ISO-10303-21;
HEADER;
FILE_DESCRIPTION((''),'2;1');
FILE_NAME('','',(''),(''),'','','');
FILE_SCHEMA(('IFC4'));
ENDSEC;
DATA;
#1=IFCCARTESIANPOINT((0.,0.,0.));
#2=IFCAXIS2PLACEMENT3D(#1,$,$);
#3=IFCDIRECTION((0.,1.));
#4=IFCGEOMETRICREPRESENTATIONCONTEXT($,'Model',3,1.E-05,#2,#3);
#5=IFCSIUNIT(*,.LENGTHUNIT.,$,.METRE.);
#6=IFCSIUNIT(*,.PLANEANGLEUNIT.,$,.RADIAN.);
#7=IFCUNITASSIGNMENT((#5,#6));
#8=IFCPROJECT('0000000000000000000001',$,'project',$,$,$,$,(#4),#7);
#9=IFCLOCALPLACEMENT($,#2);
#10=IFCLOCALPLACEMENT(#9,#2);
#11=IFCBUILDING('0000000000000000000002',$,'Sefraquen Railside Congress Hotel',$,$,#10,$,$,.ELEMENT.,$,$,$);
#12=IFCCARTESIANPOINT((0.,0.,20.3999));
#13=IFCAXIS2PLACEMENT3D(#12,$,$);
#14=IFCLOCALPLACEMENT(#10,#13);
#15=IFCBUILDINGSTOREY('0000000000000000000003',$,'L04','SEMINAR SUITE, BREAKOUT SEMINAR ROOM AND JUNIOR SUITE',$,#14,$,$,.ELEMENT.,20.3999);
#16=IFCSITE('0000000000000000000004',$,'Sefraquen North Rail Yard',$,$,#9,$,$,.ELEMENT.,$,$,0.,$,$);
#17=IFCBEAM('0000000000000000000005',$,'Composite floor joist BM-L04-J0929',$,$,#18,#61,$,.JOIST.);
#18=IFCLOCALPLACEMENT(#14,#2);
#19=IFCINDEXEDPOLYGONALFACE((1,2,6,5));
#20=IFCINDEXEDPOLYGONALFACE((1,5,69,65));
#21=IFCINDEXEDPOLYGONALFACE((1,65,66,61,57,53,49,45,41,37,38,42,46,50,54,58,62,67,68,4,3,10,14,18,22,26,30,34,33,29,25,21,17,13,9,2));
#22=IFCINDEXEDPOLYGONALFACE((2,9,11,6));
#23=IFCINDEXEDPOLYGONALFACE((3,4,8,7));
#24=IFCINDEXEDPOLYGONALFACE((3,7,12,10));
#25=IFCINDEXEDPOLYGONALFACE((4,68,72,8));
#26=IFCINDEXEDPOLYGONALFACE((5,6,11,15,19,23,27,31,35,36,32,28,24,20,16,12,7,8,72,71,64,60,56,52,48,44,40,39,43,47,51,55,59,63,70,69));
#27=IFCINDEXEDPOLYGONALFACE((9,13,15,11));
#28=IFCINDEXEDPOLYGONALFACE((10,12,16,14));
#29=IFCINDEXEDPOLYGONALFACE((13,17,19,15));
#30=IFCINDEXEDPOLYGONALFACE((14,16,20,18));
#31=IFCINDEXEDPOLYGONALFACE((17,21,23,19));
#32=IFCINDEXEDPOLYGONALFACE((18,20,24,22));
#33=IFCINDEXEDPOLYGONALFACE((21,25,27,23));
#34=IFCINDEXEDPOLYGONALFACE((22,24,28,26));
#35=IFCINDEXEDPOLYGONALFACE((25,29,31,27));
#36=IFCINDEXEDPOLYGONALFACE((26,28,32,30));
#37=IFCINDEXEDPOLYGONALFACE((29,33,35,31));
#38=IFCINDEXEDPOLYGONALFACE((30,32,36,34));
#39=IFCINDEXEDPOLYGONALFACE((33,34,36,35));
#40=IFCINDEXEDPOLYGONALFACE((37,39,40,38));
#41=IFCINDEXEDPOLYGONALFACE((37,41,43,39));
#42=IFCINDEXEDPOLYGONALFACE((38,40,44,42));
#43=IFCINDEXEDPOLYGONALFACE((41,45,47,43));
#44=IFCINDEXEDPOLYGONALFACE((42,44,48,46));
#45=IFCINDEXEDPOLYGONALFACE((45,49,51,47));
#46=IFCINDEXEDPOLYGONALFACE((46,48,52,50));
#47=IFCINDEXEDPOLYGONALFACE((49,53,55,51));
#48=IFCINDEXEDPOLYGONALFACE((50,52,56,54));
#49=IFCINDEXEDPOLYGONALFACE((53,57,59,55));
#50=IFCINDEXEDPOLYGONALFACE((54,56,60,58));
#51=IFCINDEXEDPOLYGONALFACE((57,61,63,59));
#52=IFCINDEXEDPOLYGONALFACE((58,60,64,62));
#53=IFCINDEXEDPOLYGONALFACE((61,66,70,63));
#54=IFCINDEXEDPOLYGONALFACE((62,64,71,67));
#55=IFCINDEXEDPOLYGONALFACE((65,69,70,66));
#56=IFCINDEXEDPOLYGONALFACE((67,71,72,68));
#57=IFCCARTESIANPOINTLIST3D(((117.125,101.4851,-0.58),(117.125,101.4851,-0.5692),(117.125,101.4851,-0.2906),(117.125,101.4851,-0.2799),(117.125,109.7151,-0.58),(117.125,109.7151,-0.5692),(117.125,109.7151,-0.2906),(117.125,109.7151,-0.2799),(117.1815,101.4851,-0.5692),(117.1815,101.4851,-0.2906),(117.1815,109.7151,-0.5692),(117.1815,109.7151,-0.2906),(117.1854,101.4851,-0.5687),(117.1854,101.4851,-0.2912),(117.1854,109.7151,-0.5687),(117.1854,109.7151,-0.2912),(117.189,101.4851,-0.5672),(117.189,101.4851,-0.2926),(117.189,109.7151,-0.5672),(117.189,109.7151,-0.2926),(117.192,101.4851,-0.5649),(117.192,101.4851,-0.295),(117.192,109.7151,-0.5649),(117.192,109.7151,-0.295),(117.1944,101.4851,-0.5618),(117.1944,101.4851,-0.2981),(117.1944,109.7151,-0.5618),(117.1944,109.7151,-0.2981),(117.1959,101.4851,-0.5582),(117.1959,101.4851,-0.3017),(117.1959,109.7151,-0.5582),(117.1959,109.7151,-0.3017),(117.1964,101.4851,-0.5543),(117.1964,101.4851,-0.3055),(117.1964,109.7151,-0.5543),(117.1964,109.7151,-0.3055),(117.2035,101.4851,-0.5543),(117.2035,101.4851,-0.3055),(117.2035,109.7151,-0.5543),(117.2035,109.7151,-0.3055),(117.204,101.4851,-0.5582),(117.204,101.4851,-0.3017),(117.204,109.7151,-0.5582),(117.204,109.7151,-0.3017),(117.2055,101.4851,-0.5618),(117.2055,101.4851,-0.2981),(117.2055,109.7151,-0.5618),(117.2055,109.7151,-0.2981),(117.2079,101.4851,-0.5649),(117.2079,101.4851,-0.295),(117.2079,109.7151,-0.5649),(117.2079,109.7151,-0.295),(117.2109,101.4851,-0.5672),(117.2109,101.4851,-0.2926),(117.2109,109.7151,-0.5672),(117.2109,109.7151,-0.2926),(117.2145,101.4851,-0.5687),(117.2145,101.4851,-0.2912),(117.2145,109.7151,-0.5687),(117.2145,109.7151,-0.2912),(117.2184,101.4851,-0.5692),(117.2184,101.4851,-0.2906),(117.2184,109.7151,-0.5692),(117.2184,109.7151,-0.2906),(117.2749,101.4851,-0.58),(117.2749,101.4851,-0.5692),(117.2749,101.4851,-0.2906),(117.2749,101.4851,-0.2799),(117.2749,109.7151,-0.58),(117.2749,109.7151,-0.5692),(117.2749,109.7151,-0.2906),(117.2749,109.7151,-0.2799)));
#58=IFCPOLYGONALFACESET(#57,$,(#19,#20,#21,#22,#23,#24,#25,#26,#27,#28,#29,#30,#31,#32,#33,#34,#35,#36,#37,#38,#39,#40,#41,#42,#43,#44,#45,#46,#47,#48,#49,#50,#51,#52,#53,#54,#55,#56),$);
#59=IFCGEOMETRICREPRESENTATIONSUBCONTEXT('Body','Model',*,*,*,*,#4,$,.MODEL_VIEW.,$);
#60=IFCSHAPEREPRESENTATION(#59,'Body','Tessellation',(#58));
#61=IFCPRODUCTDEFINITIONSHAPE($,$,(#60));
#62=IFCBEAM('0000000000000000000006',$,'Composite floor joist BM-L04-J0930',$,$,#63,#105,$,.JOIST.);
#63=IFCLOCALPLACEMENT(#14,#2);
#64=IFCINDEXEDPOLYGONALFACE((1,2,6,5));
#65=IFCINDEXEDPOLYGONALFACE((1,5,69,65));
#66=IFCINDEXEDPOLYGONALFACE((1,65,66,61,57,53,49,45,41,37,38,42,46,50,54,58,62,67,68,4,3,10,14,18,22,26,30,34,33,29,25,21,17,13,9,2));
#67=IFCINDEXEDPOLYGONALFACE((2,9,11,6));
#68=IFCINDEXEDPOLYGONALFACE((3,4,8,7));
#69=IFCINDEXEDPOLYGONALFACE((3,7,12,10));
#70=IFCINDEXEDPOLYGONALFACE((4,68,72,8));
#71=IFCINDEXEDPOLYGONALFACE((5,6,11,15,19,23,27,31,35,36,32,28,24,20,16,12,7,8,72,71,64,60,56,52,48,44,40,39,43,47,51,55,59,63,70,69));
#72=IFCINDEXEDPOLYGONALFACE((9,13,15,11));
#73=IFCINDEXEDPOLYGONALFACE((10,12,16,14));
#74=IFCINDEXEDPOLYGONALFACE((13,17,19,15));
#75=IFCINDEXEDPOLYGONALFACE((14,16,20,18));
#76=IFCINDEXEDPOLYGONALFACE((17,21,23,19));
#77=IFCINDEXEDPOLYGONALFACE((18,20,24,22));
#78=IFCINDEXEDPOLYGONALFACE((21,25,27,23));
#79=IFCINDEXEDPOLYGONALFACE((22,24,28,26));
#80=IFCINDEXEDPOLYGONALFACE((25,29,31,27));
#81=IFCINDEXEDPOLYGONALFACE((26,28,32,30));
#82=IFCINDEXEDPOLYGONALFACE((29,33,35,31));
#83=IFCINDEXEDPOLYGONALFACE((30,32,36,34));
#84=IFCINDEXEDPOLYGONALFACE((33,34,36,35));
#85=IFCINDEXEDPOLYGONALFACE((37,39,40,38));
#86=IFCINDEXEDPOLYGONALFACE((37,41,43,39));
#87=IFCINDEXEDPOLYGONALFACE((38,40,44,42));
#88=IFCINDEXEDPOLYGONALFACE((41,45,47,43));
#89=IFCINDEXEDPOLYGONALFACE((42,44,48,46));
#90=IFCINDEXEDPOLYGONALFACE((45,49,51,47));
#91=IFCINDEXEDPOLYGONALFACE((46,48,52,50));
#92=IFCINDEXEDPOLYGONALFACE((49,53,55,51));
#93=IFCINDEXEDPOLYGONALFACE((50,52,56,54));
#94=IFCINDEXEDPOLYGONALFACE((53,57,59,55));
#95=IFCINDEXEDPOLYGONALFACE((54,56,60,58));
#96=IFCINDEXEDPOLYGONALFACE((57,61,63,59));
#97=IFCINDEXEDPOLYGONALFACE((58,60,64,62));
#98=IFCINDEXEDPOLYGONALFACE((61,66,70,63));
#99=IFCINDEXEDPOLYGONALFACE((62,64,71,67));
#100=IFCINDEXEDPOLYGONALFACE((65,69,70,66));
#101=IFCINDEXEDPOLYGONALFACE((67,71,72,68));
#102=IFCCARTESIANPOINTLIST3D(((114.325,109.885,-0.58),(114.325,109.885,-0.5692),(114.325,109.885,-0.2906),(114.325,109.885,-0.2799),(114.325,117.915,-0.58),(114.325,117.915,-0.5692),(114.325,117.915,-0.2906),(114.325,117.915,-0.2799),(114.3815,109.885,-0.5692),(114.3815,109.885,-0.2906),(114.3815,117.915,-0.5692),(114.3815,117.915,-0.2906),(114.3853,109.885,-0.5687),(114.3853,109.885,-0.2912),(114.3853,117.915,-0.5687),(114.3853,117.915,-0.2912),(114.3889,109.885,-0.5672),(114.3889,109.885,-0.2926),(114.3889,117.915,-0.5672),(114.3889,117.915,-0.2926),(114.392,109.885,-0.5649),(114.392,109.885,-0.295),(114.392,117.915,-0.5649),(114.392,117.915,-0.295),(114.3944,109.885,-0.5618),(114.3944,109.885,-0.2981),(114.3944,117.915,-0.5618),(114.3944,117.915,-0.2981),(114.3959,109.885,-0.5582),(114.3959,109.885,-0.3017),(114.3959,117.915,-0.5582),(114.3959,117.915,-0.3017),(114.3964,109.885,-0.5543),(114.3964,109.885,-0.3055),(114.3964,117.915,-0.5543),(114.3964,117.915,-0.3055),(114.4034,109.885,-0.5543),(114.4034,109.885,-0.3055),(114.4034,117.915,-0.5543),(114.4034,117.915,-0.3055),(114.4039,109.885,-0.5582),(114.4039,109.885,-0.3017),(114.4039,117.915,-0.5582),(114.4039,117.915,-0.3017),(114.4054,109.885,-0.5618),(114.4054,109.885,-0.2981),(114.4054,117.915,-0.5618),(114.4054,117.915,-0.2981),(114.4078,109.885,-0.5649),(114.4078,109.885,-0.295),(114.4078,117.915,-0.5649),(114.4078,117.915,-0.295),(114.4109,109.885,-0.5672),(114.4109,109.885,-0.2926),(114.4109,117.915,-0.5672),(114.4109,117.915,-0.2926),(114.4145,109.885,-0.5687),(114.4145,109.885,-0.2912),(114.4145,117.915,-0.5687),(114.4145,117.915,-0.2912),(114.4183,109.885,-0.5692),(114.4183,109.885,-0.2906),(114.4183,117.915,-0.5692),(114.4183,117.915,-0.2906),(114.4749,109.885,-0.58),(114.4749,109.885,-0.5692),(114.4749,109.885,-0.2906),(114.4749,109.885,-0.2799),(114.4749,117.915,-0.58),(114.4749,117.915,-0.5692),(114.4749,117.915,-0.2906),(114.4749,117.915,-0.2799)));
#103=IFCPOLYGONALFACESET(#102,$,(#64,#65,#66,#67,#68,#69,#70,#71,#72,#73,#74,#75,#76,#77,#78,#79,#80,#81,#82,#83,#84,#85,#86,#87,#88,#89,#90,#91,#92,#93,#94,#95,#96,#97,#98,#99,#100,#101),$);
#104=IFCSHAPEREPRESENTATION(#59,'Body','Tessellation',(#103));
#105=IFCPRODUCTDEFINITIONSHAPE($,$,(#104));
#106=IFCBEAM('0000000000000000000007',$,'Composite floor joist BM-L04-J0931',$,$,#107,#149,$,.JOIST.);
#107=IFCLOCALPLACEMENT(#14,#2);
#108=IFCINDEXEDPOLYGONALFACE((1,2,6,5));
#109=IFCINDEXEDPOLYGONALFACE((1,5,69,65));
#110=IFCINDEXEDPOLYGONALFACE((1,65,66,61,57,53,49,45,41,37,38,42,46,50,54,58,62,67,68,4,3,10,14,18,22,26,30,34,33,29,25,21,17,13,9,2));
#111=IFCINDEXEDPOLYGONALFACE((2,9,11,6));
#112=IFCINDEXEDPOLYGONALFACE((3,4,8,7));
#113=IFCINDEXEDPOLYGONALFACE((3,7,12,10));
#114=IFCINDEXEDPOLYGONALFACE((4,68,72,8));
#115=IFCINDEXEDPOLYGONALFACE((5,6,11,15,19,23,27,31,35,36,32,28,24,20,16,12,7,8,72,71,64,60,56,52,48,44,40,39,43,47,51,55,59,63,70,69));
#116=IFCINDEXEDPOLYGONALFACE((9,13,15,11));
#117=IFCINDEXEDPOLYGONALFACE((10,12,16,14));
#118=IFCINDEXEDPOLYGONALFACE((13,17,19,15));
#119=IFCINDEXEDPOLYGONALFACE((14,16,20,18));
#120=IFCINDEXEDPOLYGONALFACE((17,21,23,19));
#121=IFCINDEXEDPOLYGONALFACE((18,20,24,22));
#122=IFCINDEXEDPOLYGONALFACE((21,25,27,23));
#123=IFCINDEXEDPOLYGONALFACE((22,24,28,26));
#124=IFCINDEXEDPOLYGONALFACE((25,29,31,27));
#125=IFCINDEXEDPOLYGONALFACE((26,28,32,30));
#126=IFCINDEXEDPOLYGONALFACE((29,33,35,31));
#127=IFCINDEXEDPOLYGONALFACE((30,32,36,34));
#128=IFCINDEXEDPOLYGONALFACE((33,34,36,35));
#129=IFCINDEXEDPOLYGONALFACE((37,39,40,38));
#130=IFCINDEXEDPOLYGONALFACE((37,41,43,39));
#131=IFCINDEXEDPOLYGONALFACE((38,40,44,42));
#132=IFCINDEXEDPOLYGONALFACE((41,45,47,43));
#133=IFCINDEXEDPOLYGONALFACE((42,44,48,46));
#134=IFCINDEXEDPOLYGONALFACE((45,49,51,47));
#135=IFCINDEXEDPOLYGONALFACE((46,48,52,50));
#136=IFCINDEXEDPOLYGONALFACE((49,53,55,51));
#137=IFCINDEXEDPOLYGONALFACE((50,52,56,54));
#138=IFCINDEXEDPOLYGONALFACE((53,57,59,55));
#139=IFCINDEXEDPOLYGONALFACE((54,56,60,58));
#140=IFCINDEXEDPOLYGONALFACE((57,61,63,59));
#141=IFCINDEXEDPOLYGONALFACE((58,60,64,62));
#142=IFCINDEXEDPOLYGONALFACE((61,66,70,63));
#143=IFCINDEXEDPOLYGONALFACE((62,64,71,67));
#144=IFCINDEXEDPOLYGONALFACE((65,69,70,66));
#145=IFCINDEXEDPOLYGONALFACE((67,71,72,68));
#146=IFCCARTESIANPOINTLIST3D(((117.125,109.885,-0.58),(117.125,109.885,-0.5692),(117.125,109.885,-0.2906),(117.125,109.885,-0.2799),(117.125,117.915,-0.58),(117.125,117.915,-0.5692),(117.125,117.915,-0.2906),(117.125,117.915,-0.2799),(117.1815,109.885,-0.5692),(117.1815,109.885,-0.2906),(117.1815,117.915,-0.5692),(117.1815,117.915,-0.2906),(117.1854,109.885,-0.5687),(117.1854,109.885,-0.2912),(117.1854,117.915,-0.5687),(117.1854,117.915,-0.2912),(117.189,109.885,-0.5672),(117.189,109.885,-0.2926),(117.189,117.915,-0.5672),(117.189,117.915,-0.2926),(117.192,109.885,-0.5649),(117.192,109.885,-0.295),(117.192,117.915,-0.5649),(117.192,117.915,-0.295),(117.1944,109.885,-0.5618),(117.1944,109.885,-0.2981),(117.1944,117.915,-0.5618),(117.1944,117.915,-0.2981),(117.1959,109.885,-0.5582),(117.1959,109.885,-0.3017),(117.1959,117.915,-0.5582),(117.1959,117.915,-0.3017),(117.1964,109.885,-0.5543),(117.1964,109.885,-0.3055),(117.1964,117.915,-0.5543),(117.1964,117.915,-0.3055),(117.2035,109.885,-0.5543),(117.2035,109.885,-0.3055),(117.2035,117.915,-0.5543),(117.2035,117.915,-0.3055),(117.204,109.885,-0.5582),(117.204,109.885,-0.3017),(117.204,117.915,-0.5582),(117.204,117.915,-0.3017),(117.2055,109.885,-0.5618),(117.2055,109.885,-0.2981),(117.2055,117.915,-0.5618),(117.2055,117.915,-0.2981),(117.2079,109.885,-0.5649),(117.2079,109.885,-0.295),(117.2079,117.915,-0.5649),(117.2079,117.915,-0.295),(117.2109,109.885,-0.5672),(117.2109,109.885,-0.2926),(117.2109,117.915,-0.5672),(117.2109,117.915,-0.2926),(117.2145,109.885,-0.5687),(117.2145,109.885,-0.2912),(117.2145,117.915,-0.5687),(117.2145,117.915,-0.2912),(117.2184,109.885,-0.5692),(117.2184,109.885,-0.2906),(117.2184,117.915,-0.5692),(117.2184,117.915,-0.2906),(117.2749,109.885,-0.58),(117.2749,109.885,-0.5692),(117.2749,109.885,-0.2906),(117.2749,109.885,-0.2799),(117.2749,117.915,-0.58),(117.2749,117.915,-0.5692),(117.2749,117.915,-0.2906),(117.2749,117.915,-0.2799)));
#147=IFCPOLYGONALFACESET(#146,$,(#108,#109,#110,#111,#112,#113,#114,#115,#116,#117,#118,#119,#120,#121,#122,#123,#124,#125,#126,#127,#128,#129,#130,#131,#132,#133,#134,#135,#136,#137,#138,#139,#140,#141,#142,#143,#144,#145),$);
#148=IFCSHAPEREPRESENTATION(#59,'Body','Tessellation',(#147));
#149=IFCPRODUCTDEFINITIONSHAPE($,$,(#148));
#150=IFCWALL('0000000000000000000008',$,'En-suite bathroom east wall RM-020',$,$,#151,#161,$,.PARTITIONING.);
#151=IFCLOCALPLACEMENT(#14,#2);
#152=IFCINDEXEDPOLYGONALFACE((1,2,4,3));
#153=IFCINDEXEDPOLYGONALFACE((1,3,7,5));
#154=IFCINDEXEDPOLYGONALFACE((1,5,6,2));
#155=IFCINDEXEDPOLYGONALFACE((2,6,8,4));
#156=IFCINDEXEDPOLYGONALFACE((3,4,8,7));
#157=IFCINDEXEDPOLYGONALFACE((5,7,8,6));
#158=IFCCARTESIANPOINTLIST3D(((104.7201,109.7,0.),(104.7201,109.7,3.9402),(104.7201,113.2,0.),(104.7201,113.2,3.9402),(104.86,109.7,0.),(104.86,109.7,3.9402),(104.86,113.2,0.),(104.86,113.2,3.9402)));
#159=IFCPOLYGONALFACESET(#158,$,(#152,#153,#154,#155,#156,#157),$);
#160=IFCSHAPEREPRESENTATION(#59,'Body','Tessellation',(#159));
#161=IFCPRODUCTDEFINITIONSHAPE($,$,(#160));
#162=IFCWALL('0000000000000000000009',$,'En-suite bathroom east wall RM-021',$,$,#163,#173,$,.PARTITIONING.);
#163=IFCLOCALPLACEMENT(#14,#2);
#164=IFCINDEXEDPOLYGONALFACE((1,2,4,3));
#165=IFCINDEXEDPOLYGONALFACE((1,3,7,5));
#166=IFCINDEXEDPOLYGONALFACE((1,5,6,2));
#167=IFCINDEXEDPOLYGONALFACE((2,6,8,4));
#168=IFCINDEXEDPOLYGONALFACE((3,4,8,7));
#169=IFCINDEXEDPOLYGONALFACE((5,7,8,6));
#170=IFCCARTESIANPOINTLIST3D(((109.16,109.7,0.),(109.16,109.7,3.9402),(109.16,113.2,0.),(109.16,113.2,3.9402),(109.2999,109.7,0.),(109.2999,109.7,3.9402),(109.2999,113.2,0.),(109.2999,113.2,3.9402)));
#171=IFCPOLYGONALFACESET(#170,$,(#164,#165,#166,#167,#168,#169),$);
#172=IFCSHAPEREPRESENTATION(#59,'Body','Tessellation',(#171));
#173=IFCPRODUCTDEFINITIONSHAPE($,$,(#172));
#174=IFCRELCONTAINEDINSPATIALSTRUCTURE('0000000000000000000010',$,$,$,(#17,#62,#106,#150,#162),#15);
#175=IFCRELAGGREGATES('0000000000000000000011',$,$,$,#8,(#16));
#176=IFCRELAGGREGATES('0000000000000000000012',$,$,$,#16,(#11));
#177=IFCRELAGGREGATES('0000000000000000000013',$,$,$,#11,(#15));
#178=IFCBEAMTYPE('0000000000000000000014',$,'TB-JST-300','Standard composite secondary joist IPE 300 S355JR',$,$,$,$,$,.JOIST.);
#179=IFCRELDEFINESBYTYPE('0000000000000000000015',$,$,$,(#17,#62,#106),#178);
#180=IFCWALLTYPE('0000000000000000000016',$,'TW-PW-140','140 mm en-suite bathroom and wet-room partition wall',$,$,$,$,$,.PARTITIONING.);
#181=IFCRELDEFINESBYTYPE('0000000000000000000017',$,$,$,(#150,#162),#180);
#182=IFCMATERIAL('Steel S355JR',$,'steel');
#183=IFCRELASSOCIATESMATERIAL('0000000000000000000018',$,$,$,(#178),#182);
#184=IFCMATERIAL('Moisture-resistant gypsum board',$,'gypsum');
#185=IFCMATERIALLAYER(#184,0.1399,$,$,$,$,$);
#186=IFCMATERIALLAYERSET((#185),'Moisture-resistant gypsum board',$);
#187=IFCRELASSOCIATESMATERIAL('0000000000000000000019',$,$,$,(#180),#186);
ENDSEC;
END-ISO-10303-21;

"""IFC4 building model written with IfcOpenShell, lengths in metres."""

from ifc_helpers import new_model, si_unit, direction, frame, frame_2d, origin, origin_2d, place, context, subcontext, project, spatial, rectangle, i_section, extrude, material, layer, layer_set, material_profile, profile_set, type_object, element, save


model = new_model("IFC4")

# Units and contexts
model_context = context("Model", 3, precision=1e-05, world=origin(), true_north=direction((0.0, 1.0)))
body_context = subcontext(model_context, "Body", "Model", "MODEL_VIEW")
ifc_project = project(units=[si_unit("LENGTHUNIT", "METRE"), si_unit("PLANEANGLEUNIT", "RADIAN")], contexts=[model_context])

# Site, building, storey
site_placement = place(None, origin())
site = spatial("IfcSite", under=ifc_project, at=site_placement, Name="Sefraquen North Rail Yard", CompositionType="ELEMENT", RefElevation=0.0)
building_placement = place(site_placement, origin())
building = spatial("IfcBuilding", under=site, at=building_placement, Name="Sefraquen Railside Congress Hotel", CompositionType="ELEMENT")
storey_placement = place(building_placement, frame((0.0, 0.0, 20.3999)))
storey = spatial("IfcBuildingStorey", under=building, at=storey_placement, Name="L04", Description="SEMINAR SUITE, BREAKOUT SEMINAR ROOM AND JUNIOR SUITE", CompositionType="ELEMENT", Elevation=20.3999)

# Shared definitions
ifc_material_1 = material(Name="Steel S355JR", Category="steel")

# Beams
ifc_material_profile_1 = material_profile(ifc_material_1, i_section(OverallWidth=0.1499, OverallDepth=0.3, WebThickness=0.0071, FlangeThickness=0.0107, FilletRadius=0.0149, at=origin_2d()), Name="IPE 300")
ifc_profile_set_1 = profile_set([ifc_material_profile_1], Name="Steel S355JR")
beam_type_1 = type_object("IfcBeamType", Name="TB-JST-300", Description="Standard composite secondary joist IPE 300 S355JR", PredefinedType="JOIST", material=ifc_profile_set_1)
for number, where, z_axis, x_axis, name in (
    (1, (117.2, 101.4851, -0.4299), (0.0, 1.0, 0.0), (-1.0, 0.0, 0.0), "Composite floor joist BM-L04-J0929"),
):
    element("IfcBeam", number, at=place(storey_placement, frame(where, z_axis=z_axis, x_axis=x_axis)), inside=storey, type_object=beam_type_1, Name=name, PredefinedType="JOIST", context=body_context, shape_type="SweptSolid", body=[
        extrude(i_section(OverallWidth=0.1499, OverallDepth=0.3, WebThickness=0.0071, FlangeThickness=0.0107, FilletRadius=0.0149, at=origin_2d()), origin(), (0.0, 0.0, 1.0), 8.23),
    ])
for number, where, z_axis, x_axis, name in (
    (2, (114.3999, 109.885, -0.4299), (0.0, 1.0, 0.0), (-1.0, 0.0, 0.0), "Composite floor joist BM-L04-J0930"),
    (3, (117.2, 109.885, -0.4299), (0.0, 1.0, 0.0), (-1.0, 0.0, 0.0), "Composite floor joist BM-L04-J0931"),
):
    element("IfcBeam", number, at=place(storey_placement, frame(where, z_axis=z_axis, x_axis=x_axis)), inside=storey, type_object=beam_type_1, Name=name, PredefinedType="JOIST", context=body_context, shape_type="SweptSolid", body=[
        extrude(i_section(OverallWidth=0.1499, OverallDepth=0.3, WebThickness=0.0071, FlangeThickness=0.0107, FilletRadius=0.0149, at=origin_2d()), origin(), (0.0, 0.0, 1.0), 8.03),
    ])

# Walls
ifc_material_2 = material(Name="Moisture-resistant gypsum board", Category="gypsum")
ifc_layer_1 = layer(ifc_material_2, 0.1399)
ifc_layer_set_1 = layer_set([ifc_layer_1], Name="Moisture-resistant gypsum board")
wall_type_1 = type_object("IfcWallType", Name="TW-PW-140", Description="140 mm en-suite bathroom and wet-room partition wall", PredefinedType="PARTITIONING", material=ifc_layer_set_1)
for number, where, z_axis, x_axis, name in (
    (4, (104.79, 109.7, 0.0), (0.0, 0.0, 1.0), (0.0, 1.0, 0.0), "En-suite bathroom east wall RM-020"),
    (5, (109.23, 109.7, 0.0), (0.0, 0.0, 1.0), (0.0, 1.0, 0.0), "En-suite bathroom east wall RM-021"),
):
    element("IfcWall", number, at=place(storey_placement, frame(where, z_axis=z_axis, x_axis=x_axis)), inside=storey, type_object=wall_type_1, Name=name, PredefinedType="PARTITIONING", context=body_context, shape_type="SweptSolid", body=[
        extrude(rectangle(XDim=3.5, YDim=0.1399, at=frame_2d((1.75, 0.0))), origin(), (0.0, 0.0, 1.0), 3.9402),
    ])

save(model, "model.ifc")
